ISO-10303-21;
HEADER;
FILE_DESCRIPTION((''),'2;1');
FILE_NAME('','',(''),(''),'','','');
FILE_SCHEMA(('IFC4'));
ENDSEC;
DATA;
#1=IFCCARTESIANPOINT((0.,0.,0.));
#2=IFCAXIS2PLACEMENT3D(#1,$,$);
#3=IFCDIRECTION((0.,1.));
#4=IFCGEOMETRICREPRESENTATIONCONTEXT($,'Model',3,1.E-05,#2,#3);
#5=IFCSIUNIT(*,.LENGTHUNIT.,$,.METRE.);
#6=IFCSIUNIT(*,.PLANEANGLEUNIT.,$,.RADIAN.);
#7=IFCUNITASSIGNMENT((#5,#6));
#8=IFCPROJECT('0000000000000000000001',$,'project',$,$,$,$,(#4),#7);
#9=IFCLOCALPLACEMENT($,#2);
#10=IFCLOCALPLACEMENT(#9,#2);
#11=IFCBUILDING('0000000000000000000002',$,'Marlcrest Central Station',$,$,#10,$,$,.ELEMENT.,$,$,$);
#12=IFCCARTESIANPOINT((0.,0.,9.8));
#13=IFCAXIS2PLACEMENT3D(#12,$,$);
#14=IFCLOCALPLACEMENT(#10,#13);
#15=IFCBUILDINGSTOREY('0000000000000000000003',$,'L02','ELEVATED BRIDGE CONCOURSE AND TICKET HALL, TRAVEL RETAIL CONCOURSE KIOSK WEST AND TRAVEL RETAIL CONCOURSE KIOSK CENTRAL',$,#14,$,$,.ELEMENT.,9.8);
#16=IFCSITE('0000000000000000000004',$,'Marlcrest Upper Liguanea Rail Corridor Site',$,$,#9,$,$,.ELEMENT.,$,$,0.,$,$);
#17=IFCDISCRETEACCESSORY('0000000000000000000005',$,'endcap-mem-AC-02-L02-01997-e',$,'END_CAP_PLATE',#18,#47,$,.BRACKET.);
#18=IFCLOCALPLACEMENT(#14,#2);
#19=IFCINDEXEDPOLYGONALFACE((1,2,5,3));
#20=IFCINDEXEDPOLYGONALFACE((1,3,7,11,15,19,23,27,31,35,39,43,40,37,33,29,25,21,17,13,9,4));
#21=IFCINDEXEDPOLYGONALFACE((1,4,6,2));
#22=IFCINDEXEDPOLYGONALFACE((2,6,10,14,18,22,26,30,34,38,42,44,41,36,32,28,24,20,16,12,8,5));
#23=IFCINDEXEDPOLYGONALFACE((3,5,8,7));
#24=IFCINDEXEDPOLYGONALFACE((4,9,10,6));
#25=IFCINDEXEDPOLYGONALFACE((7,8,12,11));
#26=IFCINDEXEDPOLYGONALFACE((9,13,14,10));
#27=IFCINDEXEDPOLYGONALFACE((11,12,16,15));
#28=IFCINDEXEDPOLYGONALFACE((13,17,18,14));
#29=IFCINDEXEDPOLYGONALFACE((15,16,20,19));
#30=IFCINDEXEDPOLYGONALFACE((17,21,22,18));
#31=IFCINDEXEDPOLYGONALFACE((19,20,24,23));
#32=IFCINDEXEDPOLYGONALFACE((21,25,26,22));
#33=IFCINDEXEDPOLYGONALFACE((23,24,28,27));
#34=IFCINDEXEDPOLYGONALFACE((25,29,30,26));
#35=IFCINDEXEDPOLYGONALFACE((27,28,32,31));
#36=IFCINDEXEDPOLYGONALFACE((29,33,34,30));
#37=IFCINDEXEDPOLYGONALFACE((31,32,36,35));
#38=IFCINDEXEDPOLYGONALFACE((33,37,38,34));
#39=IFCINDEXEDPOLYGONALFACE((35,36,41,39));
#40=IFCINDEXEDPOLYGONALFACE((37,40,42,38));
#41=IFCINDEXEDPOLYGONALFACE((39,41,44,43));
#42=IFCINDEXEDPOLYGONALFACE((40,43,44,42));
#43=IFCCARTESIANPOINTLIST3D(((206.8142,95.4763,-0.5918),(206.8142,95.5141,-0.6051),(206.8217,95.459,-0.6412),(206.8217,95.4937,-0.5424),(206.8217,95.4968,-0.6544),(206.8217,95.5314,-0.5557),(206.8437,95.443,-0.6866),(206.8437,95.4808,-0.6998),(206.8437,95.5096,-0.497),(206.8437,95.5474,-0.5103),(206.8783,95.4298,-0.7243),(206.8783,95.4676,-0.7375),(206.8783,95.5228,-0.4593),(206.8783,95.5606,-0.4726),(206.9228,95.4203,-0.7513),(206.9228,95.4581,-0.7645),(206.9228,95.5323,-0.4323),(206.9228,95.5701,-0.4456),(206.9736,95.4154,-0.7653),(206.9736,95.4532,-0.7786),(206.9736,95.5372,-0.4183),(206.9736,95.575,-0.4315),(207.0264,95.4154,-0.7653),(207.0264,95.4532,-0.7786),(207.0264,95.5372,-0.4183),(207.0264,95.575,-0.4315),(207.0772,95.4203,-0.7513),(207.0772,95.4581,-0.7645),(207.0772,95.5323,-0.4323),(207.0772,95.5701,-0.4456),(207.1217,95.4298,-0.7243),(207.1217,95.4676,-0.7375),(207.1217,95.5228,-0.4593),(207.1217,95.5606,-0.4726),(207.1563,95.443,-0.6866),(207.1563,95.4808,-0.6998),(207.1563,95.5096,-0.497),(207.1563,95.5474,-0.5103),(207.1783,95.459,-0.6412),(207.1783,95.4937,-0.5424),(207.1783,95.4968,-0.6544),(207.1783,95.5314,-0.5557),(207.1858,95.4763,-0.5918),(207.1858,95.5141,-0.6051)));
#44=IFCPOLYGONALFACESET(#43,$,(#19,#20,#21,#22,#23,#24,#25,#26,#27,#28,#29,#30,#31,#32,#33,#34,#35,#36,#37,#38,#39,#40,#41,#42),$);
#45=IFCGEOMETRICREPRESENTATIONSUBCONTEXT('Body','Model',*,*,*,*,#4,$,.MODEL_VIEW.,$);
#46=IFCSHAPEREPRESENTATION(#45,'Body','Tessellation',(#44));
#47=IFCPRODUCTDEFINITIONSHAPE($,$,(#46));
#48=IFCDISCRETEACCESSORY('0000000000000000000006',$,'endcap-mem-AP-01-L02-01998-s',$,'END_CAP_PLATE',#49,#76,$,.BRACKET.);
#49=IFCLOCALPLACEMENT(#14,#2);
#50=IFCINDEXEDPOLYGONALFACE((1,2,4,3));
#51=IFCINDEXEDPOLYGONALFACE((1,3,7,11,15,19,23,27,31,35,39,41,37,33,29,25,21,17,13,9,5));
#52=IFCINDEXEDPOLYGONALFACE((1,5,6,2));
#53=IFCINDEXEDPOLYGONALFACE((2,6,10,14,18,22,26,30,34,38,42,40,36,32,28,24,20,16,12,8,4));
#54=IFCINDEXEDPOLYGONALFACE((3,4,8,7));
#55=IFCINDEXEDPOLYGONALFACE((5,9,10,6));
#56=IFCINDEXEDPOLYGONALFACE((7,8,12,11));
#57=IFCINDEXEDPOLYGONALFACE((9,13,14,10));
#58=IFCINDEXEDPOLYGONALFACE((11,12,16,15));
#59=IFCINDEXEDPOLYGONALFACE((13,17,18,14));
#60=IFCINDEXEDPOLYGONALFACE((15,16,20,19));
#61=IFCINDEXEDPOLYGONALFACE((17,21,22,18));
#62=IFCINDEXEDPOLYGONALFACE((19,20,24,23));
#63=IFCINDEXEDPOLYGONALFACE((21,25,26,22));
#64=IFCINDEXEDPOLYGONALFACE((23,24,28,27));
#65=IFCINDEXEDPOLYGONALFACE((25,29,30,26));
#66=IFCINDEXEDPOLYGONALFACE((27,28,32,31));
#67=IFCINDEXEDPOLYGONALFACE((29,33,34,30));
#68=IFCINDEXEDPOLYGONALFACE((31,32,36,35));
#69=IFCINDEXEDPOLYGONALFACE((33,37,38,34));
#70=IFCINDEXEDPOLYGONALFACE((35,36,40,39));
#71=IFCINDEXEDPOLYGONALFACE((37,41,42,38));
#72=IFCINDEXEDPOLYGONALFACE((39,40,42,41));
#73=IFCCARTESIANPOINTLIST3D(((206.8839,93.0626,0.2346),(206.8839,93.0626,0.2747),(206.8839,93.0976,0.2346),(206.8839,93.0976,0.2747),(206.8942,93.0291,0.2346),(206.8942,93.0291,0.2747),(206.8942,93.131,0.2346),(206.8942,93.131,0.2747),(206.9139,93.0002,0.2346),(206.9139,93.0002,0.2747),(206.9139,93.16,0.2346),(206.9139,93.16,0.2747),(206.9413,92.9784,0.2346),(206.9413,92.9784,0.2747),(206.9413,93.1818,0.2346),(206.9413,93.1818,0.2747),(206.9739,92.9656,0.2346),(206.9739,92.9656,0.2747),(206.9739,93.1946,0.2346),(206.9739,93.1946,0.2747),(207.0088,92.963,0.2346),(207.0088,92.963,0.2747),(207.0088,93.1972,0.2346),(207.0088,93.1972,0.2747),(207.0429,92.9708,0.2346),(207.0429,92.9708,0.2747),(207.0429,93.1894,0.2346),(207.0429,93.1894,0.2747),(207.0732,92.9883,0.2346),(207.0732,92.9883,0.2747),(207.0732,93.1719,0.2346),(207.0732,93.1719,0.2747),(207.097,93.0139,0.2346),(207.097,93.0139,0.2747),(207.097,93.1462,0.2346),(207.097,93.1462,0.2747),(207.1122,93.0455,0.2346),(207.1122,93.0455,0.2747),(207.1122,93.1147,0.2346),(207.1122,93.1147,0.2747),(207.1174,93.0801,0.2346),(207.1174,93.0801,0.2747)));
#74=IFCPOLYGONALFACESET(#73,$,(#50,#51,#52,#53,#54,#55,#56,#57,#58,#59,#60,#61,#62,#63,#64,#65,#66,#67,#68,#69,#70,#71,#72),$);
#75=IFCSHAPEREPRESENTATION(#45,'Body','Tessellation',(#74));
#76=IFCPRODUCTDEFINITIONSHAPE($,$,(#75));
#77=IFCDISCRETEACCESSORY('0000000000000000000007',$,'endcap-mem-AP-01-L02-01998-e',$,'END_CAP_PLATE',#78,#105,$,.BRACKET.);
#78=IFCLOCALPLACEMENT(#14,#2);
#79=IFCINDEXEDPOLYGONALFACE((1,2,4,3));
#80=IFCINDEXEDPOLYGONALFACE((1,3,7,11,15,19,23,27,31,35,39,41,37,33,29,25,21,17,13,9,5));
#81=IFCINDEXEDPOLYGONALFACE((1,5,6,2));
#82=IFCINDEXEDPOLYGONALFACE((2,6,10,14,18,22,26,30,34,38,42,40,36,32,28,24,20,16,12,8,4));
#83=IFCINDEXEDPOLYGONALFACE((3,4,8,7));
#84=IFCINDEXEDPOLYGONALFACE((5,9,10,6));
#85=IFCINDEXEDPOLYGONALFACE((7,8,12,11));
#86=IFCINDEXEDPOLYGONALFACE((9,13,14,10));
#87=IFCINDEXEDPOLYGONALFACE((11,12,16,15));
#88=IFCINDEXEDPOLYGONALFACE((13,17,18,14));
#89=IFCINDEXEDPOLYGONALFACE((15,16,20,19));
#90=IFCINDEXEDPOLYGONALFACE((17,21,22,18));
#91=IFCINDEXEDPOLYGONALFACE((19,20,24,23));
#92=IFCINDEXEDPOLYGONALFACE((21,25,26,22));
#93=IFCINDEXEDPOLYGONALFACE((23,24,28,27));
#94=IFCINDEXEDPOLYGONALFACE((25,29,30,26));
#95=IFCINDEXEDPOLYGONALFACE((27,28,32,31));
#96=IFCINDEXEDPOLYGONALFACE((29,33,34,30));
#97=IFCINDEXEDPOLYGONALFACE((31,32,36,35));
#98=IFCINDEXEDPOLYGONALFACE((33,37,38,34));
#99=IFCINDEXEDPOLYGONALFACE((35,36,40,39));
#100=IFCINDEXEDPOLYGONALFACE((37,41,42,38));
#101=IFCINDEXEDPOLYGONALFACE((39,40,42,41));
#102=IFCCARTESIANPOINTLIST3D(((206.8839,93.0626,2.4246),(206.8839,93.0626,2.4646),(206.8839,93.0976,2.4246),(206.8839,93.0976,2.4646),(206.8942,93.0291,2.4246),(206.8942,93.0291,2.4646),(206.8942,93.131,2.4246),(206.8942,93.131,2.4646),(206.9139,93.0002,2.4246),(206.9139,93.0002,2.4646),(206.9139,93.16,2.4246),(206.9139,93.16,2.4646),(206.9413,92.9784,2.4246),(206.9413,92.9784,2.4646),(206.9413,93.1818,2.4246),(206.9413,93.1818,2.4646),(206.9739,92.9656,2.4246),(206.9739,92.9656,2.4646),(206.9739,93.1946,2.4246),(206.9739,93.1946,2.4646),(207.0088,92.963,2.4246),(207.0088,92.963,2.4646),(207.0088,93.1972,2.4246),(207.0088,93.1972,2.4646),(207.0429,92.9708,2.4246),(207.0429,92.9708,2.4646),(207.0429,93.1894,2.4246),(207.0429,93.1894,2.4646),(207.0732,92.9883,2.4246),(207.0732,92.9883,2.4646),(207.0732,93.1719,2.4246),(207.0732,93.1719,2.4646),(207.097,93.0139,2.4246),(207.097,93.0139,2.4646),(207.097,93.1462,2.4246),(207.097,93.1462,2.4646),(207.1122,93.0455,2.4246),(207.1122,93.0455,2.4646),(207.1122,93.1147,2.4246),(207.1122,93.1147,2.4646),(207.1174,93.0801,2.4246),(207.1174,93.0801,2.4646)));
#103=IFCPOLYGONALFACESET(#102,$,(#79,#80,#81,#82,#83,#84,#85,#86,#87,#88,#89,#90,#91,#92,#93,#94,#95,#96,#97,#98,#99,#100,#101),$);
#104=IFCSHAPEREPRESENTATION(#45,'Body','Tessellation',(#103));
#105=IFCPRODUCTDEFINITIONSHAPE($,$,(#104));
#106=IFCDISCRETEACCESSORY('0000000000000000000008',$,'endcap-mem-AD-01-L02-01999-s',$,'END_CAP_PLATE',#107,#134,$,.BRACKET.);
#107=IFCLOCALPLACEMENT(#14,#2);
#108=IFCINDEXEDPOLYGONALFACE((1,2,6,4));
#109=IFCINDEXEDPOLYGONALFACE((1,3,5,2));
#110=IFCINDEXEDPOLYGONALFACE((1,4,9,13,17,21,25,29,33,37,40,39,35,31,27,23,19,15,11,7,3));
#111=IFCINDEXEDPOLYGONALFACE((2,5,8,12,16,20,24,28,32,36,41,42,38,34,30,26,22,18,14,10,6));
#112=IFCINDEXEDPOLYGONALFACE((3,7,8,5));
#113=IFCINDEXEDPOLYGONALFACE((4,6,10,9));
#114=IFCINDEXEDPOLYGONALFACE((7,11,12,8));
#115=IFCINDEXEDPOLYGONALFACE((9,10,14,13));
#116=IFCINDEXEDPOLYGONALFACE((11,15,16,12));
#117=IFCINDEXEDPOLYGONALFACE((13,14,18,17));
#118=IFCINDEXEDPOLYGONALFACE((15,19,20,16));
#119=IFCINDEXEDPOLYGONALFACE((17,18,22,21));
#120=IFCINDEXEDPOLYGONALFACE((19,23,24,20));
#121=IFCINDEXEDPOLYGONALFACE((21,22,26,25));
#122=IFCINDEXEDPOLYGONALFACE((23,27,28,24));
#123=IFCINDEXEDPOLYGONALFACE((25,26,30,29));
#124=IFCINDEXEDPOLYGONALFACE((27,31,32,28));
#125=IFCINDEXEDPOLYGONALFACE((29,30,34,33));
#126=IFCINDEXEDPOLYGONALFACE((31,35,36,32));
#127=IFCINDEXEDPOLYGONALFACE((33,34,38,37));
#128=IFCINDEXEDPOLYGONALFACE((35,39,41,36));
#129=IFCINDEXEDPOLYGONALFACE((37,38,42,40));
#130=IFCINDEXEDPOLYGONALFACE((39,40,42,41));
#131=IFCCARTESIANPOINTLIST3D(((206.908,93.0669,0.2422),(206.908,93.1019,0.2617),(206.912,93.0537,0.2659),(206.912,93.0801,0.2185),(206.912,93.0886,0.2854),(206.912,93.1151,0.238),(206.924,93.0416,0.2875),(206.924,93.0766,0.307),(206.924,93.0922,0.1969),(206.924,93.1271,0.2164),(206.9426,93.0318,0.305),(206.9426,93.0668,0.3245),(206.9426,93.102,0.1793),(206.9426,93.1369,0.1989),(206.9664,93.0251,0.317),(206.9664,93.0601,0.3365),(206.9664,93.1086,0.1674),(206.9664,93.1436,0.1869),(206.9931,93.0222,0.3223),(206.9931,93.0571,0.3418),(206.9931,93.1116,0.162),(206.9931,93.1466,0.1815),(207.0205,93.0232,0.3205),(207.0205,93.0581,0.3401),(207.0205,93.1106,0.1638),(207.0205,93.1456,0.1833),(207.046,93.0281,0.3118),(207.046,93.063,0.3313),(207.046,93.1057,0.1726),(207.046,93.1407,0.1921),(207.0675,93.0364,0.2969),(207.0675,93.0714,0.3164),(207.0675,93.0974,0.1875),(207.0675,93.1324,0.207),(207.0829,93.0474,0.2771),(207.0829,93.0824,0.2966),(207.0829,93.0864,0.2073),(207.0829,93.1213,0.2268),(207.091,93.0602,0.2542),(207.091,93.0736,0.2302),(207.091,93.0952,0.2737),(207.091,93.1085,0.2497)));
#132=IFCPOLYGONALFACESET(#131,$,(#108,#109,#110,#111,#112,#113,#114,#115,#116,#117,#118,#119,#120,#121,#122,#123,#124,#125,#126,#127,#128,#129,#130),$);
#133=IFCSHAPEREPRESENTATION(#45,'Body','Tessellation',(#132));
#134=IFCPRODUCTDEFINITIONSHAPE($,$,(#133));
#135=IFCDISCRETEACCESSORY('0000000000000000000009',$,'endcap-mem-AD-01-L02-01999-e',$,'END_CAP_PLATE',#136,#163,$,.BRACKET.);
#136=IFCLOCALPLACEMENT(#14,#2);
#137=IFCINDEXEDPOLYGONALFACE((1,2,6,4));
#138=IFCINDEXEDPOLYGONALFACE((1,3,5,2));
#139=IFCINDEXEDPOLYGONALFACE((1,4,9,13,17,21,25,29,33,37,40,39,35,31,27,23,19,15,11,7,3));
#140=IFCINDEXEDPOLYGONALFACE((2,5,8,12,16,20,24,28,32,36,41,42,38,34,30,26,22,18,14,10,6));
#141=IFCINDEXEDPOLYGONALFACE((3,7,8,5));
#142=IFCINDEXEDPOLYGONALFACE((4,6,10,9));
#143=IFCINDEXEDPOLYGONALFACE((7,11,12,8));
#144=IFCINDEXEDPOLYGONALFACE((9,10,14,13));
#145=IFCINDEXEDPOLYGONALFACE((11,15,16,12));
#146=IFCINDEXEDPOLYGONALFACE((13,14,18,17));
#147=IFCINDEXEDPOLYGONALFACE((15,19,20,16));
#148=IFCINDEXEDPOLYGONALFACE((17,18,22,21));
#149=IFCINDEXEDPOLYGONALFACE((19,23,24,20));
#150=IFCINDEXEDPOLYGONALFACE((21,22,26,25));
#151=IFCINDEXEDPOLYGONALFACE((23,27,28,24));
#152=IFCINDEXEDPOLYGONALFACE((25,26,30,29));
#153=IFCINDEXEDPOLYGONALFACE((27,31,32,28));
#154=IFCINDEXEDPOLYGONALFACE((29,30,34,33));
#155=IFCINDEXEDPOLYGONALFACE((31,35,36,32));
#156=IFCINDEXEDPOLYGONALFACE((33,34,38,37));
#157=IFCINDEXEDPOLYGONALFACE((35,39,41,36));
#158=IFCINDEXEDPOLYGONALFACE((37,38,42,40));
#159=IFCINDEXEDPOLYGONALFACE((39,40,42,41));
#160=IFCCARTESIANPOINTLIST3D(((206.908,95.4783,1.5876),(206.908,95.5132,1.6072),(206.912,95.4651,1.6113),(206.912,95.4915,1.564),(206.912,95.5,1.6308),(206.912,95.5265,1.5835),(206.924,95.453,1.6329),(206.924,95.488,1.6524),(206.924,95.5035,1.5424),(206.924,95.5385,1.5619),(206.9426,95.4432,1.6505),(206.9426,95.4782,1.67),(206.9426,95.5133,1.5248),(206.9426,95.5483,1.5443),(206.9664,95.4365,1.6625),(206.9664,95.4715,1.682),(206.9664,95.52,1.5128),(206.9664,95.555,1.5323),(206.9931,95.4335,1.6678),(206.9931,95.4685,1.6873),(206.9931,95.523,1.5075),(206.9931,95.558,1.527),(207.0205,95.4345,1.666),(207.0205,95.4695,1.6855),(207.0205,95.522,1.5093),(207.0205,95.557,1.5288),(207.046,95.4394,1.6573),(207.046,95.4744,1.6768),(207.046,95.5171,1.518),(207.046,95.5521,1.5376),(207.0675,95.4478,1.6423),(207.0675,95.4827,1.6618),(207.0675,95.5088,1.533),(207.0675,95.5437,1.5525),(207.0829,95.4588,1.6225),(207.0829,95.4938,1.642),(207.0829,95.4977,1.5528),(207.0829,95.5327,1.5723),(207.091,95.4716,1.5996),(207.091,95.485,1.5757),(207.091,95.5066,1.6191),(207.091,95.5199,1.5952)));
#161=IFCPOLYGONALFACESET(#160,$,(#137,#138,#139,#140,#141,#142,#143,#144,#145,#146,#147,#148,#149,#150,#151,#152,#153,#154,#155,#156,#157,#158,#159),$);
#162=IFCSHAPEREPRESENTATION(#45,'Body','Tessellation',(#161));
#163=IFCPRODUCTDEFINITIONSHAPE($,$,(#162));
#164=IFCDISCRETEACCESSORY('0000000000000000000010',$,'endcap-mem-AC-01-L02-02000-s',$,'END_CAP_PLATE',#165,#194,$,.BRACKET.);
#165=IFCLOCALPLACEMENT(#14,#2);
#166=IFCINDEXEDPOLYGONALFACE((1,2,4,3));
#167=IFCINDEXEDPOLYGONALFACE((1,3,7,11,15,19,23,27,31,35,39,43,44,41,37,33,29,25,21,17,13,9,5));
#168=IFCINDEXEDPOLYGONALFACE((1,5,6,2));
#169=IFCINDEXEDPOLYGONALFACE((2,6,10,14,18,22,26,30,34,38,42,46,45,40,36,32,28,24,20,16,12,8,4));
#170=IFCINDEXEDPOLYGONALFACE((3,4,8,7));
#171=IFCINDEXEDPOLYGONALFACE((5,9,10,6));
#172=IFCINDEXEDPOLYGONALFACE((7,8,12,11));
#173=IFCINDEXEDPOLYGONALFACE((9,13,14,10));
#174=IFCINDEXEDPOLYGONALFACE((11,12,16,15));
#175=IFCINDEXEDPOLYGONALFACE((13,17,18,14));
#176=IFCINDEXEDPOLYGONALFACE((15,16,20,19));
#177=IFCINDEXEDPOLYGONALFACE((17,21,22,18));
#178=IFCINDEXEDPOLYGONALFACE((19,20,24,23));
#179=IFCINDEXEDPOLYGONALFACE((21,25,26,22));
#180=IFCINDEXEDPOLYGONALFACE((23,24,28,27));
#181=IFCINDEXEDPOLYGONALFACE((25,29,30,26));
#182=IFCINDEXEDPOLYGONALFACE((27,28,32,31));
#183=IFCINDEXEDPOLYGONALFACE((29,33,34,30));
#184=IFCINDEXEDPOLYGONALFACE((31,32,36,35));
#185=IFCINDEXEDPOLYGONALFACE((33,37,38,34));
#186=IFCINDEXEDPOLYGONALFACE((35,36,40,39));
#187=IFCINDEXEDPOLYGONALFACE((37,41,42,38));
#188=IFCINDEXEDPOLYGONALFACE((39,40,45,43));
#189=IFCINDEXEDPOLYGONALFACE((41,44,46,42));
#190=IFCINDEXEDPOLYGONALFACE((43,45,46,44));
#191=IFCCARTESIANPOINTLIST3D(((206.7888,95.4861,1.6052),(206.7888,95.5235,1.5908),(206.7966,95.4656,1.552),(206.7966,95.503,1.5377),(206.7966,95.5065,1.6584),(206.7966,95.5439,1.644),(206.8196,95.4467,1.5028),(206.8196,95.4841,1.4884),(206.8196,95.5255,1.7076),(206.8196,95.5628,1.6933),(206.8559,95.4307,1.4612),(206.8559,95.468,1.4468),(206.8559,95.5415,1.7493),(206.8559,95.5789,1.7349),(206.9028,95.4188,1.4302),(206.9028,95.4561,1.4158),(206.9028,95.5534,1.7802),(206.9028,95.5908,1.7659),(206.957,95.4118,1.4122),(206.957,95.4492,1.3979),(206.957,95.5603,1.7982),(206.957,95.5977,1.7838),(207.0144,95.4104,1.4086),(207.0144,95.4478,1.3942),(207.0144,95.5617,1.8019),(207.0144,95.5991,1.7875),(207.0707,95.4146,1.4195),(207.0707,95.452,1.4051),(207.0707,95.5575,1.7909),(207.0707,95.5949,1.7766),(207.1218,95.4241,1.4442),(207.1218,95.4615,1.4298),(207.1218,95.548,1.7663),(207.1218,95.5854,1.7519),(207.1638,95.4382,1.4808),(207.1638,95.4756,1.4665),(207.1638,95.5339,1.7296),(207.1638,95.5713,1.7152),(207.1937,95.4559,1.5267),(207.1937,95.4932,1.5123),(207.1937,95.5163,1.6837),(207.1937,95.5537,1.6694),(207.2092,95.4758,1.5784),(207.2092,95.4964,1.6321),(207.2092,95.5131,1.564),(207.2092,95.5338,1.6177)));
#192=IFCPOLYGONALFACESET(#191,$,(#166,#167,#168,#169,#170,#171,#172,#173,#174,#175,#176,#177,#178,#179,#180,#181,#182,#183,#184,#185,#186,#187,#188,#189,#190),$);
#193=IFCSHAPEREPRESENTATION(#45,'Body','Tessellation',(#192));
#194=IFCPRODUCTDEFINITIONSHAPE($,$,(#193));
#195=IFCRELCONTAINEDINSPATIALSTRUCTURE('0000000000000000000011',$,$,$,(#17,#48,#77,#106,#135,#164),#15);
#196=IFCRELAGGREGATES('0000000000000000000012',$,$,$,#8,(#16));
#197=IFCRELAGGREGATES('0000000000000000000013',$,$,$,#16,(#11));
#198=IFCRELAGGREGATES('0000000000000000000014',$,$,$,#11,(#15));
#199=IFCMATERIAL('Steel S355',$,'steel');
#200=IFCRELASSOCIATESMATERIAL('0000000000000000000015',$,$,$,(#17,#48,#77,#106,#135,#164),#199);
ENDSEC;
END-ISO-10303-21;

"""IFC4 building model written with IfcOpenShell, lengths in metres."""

from ifc_helpers import new_model, si_unit, direction, frame, origin, origin_2d, place, context, subcontext, project, spatial, circle, extrude, material, element, save


model = new_model("IFC4")

# Units and contexts
model_context = context("Model", 3, precision=1e-05, world=origin(), true_north=direction((0.0, 1.0)))
body_context = subcontext(model_context, "Body", "Model", "MODEL_VIEW")
ifc_project = project(units=[si_unit("LENGTHUNIT", "METRE"), si_unit("PLANEANGLEUNIT", "RADIAN")], contexts=[model_context])

# Site, building, storey
site_placement = place(None, origin())
site = spatial("IfcSite", under=ifc_project, at=site_placement, Name="Marlcrest Upper Liguanea Rail Corridor Site", CompositionType="ELEMENT", RefElevation=0.0)
building_placement = place(site_placement, origin())
building = spatial("IfcBuilding", under=site, at=building_placement, Name="Marlcrest Central Station", CompositionType="ELEMENT")
storey_placement = place(building_placement, frame((0.0, 0.0, 9.8)))
storey = spatial("IfcBuildingStorey", under=building, at=storey_placement, Name="L02", Description="ELEVATED BRIDGE CONCOURSE AND TICKET HALL, TRAVEL RETAIL CONCOURSE KIOSK WEST AND TRAVEL RETAIL CONCOURSE KIOSK CENTRAL", CompositionType="ELEMENT", Elevation=9.8)

# Shared definitions
ifc_material_1 = material(Name="Steel S355", Category="steel")

# Discrete accessories
for number, where, z_axis, x_axis, name in (
    (1, (207.0, 95.4763, -0.5918), (0.0, 0.943537, -0.331266), (-1.0, 0.0, 0.0), "endcap-mem-AC-02-L02-01997-e"),
):
    element("IfcDiscreteAccessory", number, at=place(storey_placement, frame(where, z_axis=z_axis, x_axis=x_axis)), inside=storey, material=ifc_material_1, Name=name, ObjectType="END_CAP_PLATE", PredefinedType="BRACKET", context=body_context, shape_type="SweptSolid", body=[
        extrude(circle(Radius=0.1858, at=origin_2d()), origin(), (0.0, 0.0, 1.0), 0.04),
    ])
for number, where, z_axis, x_axis, name in (
    (2, (207.0, 93.0801, 0.2346), (0.0, 0.0, 1.0), (1.0, 0.0, 0.0), "endcap-mem-AP-01-L02-01998-s"),
    (3, (207.0, 93.0801, 2.4246), (0.0, 0.0, 1.0), (1.0, 0.0, 0.0), "endcap-mem-AP-01-L02-01998-e"),
):
    element("IfcDiscreteAccessory", number, at=place(storey_placement, frame(where, z_axis=z_axis, x_axis=x_axis)), inside=storey, material=ifc_material_1, Name=name, ObjectType="END_CAP_PLATE", PredefinedType="BRACKET", context=body_context, shape_type="SweptSolid", body=[
        extrude(circle(Radius=0.1174, at=origin_2d()), origin(), (0.0, 0.0, 1.0), 0.04),
    ])
for number, where, z_axis, x_axis, name in (
    (4, (207.0, 93.0669, 0.2422), (0.0, 0.873246, 0.48728), (-1.0, 0.0, 0.0), "endcap-mem-AD-01-L02-01999-s"),
    (5, (207.0, 95.4783, 1.5876), (0.0, 0.873246, 0.48728), (-1.0, 0.0, 0.0), "endcap-mem-AD-01-L02-01999-e"),
):
    element("IfcDiscreteAccessory", number, at=place(storey_placement, frame(where, z_axis=z_axis, x_axis=x_axis)), inside=storey, material=ifc_material_1, Name=name, ObjectType="END_CAP_PLATE", PredefinedType="BRACKET", context=body_context, shape_type="SweptSolid", body=[
        extrude(circle(Radius=0.092, at=origin_2d()), origin(), (0.0, 0.0, 1.0), 0.04),
    ])
for number, where, z_axis, x_axis, name in (
    (6, (207.0, 95.4861, 1.6052), (0.0, 0.933324, -0.359035), (-1.0, 0.0, 0.0), "endcap-mem-AC-01-L02-02000-s"),
):
    element("IfcDiscreteAccessory", number, at=place(storey_placement, frame(where, z_axis=z_axis, x_axis=x_axis)), inside=storey, material=ifc_material_1, Name=name, ObjectType="END_CAP_PLATE", PredefinedType="BRACKET", context=body_context, shape_type="SweptSolid", body=[
        extrude(circle(Radius=0.2112, at=origin_2d()), origin(), (0.0, 0.0, 1.0), 0.04),
    ])

save(model, "model.ifc")
